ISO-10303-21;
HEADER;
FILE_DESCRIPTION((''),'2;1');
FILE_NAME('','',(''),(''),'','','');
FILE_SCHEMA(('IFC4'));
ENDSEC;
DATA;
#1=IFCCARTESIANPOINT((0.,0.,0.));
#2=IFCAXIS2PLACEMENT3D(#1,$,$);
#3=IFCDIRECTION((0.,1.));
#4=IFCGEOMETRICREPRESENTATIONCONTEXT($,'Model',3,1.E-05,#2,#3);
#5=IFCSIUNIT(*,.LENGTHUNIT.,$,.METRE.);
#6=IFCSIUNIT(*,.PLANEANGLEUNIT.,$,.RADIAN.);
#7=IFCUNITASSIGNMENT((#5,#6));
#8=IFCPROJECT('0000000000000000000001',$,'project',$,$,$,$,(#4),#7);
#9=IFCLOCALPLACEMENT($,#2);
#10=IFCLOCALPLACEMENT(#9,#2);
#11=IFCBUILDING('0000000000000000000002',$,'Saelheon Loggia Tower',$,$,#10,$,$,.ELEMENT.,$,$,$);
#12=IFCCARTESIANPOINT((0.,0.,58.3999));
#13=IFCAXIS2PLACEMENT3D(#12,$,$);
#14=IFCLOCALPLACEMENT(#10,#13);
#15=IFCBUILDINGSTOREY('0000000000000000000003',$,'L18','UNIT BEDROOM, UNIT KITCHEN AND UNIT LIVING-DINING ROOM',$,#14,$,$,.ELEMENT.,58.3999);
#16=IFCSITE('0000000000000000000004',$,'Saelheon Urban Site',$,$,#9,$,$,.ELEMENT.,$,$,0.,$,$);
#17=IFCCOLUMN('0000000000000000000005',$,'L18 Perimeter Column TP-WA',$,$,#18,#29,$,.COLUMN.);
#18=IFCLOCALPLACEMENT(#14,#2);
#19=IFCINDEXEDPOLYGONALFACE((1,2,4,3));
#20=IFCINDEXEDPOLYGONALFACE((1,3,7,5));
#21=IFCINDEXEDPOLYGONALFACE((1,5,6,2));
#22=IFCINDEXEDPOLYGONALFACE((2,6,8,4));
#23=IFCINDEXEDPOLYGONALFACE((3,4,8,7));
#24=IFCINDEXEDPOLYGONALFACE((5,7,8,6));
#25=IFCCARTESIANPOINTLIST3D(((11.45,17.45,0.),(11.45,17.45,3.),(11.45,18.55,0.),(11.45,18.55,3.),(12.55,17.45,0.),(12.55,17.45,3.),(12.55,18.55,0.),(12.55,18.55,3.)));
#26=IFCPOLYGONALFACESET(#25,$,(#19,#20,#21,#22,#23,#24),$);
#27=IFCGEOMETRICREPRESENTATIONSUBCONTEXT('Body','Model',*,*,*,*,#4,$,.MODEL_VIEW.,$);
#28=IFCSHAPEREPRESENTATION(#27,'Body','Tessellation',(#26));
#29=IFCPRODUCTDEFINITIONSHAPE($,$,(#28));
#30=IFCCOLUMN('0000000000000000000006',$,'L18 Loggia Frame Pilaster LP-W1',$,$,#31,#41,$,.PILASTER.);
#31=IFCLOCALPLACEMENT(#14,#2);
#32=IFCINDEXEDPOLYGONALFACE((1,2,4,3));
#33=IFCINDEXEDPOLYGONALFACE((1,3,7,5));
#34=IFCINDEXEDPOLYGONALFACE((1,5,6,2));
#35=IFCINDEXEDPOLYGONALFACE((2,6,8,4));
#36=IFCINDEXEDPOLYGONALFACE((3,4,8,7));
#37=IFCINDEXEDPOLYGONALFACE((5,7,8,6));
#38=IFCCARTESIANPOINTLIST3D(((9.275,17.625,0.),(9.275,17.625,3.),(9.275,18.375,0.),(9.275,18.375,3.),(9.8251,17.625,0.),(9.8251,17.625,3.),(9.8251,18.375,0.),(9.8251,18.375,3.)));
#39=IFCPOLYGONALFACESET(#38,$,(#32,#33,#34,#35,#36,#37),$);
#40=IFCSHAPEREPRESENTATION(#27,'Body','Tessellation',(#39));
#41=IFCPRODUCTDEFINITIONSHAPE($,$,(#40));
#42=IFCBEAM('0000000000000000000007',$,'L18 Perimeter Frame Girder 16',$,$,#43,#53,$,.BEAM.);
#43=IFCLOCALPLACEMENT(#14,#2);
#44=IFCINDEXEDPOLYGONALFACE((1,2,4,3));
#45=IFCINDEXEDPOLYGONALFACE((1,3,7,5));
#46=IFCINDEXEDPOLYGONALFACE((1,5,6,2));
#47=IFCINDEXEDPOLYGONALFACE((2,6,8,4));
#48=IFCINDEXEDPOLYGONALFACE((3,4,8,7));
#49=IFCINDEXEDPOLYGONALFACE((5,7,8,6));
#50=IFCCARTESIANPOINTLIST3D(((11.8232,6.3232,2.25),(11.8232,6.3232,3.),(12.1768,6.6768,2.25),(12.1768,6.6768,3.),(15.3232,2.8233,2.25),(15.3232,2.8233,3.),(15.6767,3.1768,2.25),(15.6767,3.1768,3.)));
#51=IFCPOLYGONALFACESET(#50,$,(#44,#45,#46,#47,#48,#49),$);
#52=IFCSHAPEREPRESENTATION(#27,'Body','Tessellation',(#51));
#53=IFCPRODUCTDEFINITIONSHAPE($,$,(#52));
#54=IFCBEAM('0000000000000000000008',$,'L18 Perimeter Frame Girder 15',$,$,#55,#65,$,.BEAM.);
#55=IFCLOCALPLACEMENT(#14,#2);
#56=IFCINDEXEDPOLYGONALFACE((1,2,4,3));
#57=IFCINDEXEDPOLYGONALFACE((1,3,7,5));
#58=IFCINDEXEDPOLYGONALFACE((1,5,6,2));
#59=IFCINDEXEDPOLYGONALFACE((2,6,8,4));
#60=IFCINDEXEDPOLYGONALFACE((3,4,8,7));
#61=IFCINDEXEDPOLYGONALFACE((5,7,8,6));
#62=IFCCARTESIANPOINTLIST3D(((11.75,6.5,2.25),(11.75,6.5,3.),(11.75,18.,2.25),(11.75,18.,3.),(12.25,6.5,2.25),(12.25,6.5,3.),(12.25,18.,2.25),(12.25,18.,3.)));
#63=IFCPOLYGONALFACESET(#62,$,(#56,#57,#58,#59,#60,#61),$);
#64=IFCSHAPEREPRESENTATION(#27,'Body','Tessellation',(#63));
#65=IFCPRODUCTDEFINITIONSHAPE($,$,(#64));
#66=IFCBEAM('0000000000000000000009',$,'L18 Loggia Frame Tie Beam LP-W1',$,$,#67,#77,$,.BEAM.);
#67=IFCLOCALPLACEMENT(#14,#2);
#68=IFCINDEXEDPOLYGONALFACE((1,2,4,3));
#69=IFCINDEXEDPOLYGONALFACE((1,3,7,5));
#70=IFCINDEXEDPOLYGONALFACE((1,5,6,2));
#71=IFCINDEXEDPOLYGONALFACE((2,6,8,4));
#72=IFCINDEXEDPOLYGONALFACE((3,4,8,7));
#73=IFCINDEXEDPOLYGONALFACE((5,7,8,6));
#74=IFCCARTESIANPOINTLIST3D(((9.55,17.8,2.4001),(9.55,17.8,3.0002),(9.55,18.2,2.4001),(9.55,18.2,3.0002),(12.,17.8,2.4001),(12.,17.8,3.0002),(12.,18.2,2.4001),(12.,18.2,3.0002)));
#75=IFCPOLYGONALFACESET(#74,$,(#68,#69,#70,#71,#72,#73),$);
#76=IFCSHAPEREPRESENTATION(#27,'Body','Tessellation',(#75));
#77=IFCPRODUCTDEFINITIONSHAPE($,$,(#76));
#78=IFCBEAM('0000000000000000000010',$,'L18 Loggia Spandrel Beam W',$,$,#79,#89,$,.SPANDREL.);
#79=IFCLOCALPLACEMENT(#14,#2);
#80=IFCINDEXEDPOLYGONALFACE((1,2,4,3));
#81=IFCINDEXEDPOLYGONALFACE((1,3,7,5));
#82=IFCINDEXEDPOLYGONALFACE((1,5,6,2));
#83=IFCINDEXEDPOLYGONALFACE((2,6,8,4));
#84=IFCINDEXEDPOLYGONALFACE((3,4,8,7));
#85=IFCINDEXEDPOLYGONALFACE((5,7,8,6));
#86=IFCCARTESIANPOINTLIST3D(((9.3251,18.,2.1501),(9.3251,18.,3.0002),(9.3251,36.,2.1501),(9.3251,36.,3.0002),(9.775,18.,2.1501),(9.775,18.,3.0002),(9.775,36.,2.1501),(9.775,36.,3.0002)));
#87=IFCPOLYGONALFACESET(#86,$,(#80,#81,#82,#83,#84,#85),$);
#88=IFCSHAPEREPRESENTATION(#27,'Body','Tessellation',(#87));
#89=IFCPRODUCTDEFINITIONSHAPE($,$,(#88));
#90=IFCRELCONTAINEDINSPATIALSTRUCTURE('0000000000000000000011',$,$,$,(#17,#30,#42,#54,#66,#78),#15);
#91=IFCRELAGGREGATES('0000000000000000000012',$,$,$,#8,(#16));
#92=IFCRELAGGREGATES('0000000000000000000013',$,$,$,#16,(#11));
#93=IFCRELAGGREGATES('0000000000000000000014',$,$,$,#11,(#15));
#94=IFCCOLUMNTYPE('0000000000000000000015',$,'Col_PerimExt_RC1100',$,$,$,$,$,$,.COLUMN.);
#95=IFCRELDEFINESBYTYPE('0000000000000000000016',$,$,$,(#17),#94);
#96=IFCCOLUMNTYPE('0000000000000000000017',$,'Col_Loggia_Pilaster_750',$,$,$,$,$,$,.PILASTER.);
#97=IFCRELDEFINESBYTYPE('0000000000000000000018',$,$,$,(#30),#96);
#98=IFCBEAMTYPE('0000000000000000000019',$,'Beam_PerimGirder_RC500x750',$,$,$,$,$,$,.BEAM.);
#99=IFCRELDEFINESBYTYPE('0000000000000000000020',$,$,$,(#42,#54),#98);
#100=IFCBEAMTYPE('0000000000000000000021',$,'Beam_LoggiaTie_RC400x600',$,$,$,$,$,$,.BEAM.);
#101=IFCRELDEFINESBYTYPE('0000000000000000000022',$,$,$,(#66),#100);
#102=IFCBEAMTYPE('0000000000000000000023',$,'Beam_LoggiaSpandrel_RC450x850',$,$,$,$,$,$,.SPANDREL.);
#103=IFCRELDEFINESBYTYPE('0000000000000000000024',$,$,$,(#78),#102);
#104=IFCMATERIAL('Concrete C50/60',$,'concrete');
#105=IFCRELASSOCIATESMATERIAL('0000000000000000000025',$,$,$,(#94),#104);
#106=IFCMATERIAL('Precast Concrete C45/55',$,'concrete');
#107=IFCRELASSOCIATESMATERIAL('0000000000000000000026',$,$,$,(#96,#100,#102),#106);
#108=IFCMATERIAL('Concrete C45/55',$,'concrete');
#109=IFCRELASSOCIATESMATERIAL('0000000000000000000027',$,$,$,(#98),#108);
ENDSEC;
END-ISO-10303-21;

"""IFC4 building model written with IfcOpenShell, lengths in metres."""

from ifc_helpers import new_model, si_unit, direction, frame, origin, origin_2d, place, context, subcontext, project, spatial, rectangle, extrude, source, transform, mapped, material, material_profile, profile_set, type_object, element, save


model = new_model("IFC4")

# Units and contexts
model_context = context("Model", 3, precision=1e-05, world=origin(), true_north=direction((0.0, 1.0)))
body_context = subcontext(model_context, "Body", "Model", "MODEL_VIEW")
ifc_project = project(units=[si_unit("LENGTHUNIT", "METRE"), si_unit("PLANEANGLEUNIT", "RADIAN")], contexts=[model_context])

# Site, building, storey
site_placement = place(None, origin())
site = spatial("IfcSite", under=ifc_project, at=site_placement, Name="Saelheon Urban Site", CompositionType="ELEMENT", RefElevation=0.0)
building_placement = place(site_placement, origin())
building = spatial("IfcBuilding", under=site, at=building_placement, Name="Saelheon Loggia Tower", CompositionType="ELEMENT")
storey_placement = place(building_placement, frame((0.0, 0.0, 58.3999)))
storey = spatial("IfcBuildingStorey", under=building, at=storey_placement, Name="L18", Description="UNIT BEDROOM, UNIT KITCHEN AND UNIT LIVING-DINING ROOM", CompositionType="ELEMENT", Elevation=58.3999)

# Columns
ifc_material_1 = material(Name="Concrete C50/60", Category="concrete")
ifc_material_profile_1 = material_profile(ifc_material_1, rectangle(XDim=1.1001, YDim=1.1001, at=origin_2d()), Name="RC-1100x1100")
ifc_profile_set_1 = profile_set([ifc_material_profile_1], Name="Concrete C50/60")
column_type_1 = type_object("IfcColumnType", Name="Col_PerimExt_RC1100", PredefinedType="COLUMN", material=ifc_profile_set_1)
shared_shape_1 = source(origin(), body_context, "Body", "SweptSolid", [
    extrude(rectangle(XDim=1.1001, YDim=1.1001, at=origin_2d()), origin(), (0.0, 0.0, 1.0), 3.0),
])
column_1_placement = place(storey_placement, frame((12.0, 18.0, 0.0), z_axis=(0.0, 0.0, 1.0), x_axis=(1.0, 0.0, 0.0)))
element("IfcColumn", 1, at=column_1_placement, inside=storey, type_object=column_type_1, Name="L18 Perimeter Column TP-WA", PredefinedType="COLUMN", context=body_context, shape_type="MappedRepresentation", body=[
    mapped(shared_shape_1, transform((0.0, 0.0, 0.0), scale=1.0)),
])
ifc_material_2 = material(Name="Precast Concrete C45/55", Category="concrete")
ifc_material_profile_2 = material_profile(ifc_material_2, rectangle(XDim=0.55, YDim=0.75, at=origin_2d()), Name="RC-550x750")
ifc_profile_set_2 = profile_set([ifc_material_profile_2], Name="Precast Concrete C45/55")
column_type_2 = type_object("IfcColumnType", Name="Col_Loggia_Pilaster_750", PredefinedType="PILASTER", material=ifc_profile_set_2)
shared_shape_2 = source(origin(), body_context, "Body", "SweptSolid", [
    extrude(rectangle(XDim=0.55, YDim=0.75, at=origin_2d()), origin(), (0.0, 0.0, 1.0), 3.0),
])
column_2_placement = place(storey_placement, frame((9.55, 18.0, 0.0), z_axis=(0.0, 0.0, 1.0), x_axis=(1.0, 0.0, 0.0)))
element("IfcColumn", 2, at=column_2_placement, inside=storey, type_object=column_type_2, Name="L18 Loggia Frame Pilaster LP-W1", PredefinedType="PILASTER", context=body_context, shape_type="MappedRepresentation", body=[
    mapped(shared_shape_2, transform((0.0, 0.0, 0.0), scale=1.0)),
])

# Beams
ifc_material_3 = material(Name="Concrete C45/55", Category="concrete")
ifc_material_profile_3 = material_profile(ifc_material_3, rectangle(XDim=0.5, YDim=0.75, at=origin_2d()), Name="RC-500x750")
ifc_profile_set_3 = profile_set([ifc_material_profile_3], Name="Concrete C45/55")
beam_type_1 = type_object("IfcBeamType", Name="Beam_PerimGirder_RC500x750", PredefinedType="BEAM", material=ifc_profile_set_3)
shared_shape_3 = source(origin(), body_context, "Body", "SweptSolid", [
    extrude(rectangle(XDim=0.5, YDim=0.75, at=origin_2d()), origin(), (0.0, 0.0, 1.0), 4.9497),
])
beam_1_placement = place(storey_placement, frame((12.0, 6.5, 2.625), z_axis=(0.707107, -0.707107, 0.0), x_axis=(0.707107, 0.707107, 0.0)))
element("IfcBeam", 3, at=beam_1_placement, inside=storey, type_object=beam_type_1, Name="L18 Perimeter Frame Girder 16", PredefinedType="BEAM", context=body_context, shape_type="MappedRepresentation", body=[
    mapped(shared_shape_3, transform((0.0, 0.0, 0.0), scale=1.0)),
])
shared_shape_4 = source(origin(), body_context, "Body", "SweptSolid", [
    extrude(rectangle(XDim=0.5, YDim=0.75, at=origin_2d()), origin(), (0.0, 0.0, 1.0), 11.5),
])
beam_2_placement = place(storey_placement, frame((12.0, 18.0, 2.625), z_axis=(0.0, -1.0, 0.0), x_axis=(1.0, 0.0, 0.0)))
element("IfcBeam", 4, at=beam_2_placement, inside=storey, type_object=beam_type_1, Name="L18 Perimeter Frame Girder 15", PredefinedType="BEAM", context=body_context, shape_type="MappedRepresentation", body=[
    mapped(shared_shape_4, transform((0.0, 0.0, 0.0), scale=1.0)),
])
ifc_material_profile_4 = material_profile(ifc_material_2, rectangle(XDim=0.3999, YDim=0.6001, at=origin_2d()), Name="RC-400x600")
ifc_profile_set_4 = profile_set([ifc_material_profile_4], Name="Precast Concrete C45/55")
beam_type_2 = type_object("IfcBeamType", Name="Beam_LoggiaTie_RC400x600", PredefinedType="BEAM", material=ifc_profile_set_4)
shared_shape_5 = source(origin(), body_context, "Body", "SweptSolid", [
    extrude(rectangle(XDim=0.3999, YDim=0.6001, at=origin_2d()), origin(), (0.0, 0.0, 1.0), 2.45),
])
beam_3_placement = place(storey_placement, frame((12.0, 18.0, 2.7002), z_axis=(-1.0, 0.0, 0.0), x_axis=(0.0, -1.0, 0.0)))
element("IfcBeam", 5, at=beam_3_placement, inside=storey, type_object=beam_type_2, Name="L18 Loggia Frame Tie Beam LP-W1", PredefinedType="BEAM", context=body_context, shape_type="MappedRepresentation", body=[
    mapped(shared_shape_5, transform((0.0, 0.0, 0.0), scale=1.0)),
])
ifc_material_profile_5 = material_profile(ifc_material_2, rectangle(XDim=0.45, YDim=0.8501, at=origin_2d()), Name="RC-450x850")
ifc_profile_set_5 = profile_set([ifc_material_profile_5], Name="Precast Concrete C45/55")
beam_type_3 = type_object("IfcBeamType", Name="Beam_LoggiaSpandrel_RC450x850", PredefinedType="SPANDREL", material=ifc_profile_set_5)
shared_shape_6 = source(origin(), body_context, "Body", "SweptSolid", [
    extrude(rectangle(XDim=0.45, YDim=0.8501, at=origin_2d()), origin(), (0.0, 0.0, 1.0), 18.0),
])
beam_4_placement = place(storey_placement, frame((9.55, 18.0, 2.5752), z_axis=(0.0, 1.0, 0.0), x_axis=(-1.0, 0.0, 0.0)))
element("IfcBeam", 6, at=beam_4_placement, inside=storey, type_object=beam_type_3, Name="L18 Loggia Spandrel Beam W", PredefinedType="SPANDREL", context=body_context, shape_type="MappedRepresentation", body=[
    mapped(shared_shape_6, transform((0.0, 0.0, 0.0), scale=1.0)),
])

save(model, "model.ifc")
